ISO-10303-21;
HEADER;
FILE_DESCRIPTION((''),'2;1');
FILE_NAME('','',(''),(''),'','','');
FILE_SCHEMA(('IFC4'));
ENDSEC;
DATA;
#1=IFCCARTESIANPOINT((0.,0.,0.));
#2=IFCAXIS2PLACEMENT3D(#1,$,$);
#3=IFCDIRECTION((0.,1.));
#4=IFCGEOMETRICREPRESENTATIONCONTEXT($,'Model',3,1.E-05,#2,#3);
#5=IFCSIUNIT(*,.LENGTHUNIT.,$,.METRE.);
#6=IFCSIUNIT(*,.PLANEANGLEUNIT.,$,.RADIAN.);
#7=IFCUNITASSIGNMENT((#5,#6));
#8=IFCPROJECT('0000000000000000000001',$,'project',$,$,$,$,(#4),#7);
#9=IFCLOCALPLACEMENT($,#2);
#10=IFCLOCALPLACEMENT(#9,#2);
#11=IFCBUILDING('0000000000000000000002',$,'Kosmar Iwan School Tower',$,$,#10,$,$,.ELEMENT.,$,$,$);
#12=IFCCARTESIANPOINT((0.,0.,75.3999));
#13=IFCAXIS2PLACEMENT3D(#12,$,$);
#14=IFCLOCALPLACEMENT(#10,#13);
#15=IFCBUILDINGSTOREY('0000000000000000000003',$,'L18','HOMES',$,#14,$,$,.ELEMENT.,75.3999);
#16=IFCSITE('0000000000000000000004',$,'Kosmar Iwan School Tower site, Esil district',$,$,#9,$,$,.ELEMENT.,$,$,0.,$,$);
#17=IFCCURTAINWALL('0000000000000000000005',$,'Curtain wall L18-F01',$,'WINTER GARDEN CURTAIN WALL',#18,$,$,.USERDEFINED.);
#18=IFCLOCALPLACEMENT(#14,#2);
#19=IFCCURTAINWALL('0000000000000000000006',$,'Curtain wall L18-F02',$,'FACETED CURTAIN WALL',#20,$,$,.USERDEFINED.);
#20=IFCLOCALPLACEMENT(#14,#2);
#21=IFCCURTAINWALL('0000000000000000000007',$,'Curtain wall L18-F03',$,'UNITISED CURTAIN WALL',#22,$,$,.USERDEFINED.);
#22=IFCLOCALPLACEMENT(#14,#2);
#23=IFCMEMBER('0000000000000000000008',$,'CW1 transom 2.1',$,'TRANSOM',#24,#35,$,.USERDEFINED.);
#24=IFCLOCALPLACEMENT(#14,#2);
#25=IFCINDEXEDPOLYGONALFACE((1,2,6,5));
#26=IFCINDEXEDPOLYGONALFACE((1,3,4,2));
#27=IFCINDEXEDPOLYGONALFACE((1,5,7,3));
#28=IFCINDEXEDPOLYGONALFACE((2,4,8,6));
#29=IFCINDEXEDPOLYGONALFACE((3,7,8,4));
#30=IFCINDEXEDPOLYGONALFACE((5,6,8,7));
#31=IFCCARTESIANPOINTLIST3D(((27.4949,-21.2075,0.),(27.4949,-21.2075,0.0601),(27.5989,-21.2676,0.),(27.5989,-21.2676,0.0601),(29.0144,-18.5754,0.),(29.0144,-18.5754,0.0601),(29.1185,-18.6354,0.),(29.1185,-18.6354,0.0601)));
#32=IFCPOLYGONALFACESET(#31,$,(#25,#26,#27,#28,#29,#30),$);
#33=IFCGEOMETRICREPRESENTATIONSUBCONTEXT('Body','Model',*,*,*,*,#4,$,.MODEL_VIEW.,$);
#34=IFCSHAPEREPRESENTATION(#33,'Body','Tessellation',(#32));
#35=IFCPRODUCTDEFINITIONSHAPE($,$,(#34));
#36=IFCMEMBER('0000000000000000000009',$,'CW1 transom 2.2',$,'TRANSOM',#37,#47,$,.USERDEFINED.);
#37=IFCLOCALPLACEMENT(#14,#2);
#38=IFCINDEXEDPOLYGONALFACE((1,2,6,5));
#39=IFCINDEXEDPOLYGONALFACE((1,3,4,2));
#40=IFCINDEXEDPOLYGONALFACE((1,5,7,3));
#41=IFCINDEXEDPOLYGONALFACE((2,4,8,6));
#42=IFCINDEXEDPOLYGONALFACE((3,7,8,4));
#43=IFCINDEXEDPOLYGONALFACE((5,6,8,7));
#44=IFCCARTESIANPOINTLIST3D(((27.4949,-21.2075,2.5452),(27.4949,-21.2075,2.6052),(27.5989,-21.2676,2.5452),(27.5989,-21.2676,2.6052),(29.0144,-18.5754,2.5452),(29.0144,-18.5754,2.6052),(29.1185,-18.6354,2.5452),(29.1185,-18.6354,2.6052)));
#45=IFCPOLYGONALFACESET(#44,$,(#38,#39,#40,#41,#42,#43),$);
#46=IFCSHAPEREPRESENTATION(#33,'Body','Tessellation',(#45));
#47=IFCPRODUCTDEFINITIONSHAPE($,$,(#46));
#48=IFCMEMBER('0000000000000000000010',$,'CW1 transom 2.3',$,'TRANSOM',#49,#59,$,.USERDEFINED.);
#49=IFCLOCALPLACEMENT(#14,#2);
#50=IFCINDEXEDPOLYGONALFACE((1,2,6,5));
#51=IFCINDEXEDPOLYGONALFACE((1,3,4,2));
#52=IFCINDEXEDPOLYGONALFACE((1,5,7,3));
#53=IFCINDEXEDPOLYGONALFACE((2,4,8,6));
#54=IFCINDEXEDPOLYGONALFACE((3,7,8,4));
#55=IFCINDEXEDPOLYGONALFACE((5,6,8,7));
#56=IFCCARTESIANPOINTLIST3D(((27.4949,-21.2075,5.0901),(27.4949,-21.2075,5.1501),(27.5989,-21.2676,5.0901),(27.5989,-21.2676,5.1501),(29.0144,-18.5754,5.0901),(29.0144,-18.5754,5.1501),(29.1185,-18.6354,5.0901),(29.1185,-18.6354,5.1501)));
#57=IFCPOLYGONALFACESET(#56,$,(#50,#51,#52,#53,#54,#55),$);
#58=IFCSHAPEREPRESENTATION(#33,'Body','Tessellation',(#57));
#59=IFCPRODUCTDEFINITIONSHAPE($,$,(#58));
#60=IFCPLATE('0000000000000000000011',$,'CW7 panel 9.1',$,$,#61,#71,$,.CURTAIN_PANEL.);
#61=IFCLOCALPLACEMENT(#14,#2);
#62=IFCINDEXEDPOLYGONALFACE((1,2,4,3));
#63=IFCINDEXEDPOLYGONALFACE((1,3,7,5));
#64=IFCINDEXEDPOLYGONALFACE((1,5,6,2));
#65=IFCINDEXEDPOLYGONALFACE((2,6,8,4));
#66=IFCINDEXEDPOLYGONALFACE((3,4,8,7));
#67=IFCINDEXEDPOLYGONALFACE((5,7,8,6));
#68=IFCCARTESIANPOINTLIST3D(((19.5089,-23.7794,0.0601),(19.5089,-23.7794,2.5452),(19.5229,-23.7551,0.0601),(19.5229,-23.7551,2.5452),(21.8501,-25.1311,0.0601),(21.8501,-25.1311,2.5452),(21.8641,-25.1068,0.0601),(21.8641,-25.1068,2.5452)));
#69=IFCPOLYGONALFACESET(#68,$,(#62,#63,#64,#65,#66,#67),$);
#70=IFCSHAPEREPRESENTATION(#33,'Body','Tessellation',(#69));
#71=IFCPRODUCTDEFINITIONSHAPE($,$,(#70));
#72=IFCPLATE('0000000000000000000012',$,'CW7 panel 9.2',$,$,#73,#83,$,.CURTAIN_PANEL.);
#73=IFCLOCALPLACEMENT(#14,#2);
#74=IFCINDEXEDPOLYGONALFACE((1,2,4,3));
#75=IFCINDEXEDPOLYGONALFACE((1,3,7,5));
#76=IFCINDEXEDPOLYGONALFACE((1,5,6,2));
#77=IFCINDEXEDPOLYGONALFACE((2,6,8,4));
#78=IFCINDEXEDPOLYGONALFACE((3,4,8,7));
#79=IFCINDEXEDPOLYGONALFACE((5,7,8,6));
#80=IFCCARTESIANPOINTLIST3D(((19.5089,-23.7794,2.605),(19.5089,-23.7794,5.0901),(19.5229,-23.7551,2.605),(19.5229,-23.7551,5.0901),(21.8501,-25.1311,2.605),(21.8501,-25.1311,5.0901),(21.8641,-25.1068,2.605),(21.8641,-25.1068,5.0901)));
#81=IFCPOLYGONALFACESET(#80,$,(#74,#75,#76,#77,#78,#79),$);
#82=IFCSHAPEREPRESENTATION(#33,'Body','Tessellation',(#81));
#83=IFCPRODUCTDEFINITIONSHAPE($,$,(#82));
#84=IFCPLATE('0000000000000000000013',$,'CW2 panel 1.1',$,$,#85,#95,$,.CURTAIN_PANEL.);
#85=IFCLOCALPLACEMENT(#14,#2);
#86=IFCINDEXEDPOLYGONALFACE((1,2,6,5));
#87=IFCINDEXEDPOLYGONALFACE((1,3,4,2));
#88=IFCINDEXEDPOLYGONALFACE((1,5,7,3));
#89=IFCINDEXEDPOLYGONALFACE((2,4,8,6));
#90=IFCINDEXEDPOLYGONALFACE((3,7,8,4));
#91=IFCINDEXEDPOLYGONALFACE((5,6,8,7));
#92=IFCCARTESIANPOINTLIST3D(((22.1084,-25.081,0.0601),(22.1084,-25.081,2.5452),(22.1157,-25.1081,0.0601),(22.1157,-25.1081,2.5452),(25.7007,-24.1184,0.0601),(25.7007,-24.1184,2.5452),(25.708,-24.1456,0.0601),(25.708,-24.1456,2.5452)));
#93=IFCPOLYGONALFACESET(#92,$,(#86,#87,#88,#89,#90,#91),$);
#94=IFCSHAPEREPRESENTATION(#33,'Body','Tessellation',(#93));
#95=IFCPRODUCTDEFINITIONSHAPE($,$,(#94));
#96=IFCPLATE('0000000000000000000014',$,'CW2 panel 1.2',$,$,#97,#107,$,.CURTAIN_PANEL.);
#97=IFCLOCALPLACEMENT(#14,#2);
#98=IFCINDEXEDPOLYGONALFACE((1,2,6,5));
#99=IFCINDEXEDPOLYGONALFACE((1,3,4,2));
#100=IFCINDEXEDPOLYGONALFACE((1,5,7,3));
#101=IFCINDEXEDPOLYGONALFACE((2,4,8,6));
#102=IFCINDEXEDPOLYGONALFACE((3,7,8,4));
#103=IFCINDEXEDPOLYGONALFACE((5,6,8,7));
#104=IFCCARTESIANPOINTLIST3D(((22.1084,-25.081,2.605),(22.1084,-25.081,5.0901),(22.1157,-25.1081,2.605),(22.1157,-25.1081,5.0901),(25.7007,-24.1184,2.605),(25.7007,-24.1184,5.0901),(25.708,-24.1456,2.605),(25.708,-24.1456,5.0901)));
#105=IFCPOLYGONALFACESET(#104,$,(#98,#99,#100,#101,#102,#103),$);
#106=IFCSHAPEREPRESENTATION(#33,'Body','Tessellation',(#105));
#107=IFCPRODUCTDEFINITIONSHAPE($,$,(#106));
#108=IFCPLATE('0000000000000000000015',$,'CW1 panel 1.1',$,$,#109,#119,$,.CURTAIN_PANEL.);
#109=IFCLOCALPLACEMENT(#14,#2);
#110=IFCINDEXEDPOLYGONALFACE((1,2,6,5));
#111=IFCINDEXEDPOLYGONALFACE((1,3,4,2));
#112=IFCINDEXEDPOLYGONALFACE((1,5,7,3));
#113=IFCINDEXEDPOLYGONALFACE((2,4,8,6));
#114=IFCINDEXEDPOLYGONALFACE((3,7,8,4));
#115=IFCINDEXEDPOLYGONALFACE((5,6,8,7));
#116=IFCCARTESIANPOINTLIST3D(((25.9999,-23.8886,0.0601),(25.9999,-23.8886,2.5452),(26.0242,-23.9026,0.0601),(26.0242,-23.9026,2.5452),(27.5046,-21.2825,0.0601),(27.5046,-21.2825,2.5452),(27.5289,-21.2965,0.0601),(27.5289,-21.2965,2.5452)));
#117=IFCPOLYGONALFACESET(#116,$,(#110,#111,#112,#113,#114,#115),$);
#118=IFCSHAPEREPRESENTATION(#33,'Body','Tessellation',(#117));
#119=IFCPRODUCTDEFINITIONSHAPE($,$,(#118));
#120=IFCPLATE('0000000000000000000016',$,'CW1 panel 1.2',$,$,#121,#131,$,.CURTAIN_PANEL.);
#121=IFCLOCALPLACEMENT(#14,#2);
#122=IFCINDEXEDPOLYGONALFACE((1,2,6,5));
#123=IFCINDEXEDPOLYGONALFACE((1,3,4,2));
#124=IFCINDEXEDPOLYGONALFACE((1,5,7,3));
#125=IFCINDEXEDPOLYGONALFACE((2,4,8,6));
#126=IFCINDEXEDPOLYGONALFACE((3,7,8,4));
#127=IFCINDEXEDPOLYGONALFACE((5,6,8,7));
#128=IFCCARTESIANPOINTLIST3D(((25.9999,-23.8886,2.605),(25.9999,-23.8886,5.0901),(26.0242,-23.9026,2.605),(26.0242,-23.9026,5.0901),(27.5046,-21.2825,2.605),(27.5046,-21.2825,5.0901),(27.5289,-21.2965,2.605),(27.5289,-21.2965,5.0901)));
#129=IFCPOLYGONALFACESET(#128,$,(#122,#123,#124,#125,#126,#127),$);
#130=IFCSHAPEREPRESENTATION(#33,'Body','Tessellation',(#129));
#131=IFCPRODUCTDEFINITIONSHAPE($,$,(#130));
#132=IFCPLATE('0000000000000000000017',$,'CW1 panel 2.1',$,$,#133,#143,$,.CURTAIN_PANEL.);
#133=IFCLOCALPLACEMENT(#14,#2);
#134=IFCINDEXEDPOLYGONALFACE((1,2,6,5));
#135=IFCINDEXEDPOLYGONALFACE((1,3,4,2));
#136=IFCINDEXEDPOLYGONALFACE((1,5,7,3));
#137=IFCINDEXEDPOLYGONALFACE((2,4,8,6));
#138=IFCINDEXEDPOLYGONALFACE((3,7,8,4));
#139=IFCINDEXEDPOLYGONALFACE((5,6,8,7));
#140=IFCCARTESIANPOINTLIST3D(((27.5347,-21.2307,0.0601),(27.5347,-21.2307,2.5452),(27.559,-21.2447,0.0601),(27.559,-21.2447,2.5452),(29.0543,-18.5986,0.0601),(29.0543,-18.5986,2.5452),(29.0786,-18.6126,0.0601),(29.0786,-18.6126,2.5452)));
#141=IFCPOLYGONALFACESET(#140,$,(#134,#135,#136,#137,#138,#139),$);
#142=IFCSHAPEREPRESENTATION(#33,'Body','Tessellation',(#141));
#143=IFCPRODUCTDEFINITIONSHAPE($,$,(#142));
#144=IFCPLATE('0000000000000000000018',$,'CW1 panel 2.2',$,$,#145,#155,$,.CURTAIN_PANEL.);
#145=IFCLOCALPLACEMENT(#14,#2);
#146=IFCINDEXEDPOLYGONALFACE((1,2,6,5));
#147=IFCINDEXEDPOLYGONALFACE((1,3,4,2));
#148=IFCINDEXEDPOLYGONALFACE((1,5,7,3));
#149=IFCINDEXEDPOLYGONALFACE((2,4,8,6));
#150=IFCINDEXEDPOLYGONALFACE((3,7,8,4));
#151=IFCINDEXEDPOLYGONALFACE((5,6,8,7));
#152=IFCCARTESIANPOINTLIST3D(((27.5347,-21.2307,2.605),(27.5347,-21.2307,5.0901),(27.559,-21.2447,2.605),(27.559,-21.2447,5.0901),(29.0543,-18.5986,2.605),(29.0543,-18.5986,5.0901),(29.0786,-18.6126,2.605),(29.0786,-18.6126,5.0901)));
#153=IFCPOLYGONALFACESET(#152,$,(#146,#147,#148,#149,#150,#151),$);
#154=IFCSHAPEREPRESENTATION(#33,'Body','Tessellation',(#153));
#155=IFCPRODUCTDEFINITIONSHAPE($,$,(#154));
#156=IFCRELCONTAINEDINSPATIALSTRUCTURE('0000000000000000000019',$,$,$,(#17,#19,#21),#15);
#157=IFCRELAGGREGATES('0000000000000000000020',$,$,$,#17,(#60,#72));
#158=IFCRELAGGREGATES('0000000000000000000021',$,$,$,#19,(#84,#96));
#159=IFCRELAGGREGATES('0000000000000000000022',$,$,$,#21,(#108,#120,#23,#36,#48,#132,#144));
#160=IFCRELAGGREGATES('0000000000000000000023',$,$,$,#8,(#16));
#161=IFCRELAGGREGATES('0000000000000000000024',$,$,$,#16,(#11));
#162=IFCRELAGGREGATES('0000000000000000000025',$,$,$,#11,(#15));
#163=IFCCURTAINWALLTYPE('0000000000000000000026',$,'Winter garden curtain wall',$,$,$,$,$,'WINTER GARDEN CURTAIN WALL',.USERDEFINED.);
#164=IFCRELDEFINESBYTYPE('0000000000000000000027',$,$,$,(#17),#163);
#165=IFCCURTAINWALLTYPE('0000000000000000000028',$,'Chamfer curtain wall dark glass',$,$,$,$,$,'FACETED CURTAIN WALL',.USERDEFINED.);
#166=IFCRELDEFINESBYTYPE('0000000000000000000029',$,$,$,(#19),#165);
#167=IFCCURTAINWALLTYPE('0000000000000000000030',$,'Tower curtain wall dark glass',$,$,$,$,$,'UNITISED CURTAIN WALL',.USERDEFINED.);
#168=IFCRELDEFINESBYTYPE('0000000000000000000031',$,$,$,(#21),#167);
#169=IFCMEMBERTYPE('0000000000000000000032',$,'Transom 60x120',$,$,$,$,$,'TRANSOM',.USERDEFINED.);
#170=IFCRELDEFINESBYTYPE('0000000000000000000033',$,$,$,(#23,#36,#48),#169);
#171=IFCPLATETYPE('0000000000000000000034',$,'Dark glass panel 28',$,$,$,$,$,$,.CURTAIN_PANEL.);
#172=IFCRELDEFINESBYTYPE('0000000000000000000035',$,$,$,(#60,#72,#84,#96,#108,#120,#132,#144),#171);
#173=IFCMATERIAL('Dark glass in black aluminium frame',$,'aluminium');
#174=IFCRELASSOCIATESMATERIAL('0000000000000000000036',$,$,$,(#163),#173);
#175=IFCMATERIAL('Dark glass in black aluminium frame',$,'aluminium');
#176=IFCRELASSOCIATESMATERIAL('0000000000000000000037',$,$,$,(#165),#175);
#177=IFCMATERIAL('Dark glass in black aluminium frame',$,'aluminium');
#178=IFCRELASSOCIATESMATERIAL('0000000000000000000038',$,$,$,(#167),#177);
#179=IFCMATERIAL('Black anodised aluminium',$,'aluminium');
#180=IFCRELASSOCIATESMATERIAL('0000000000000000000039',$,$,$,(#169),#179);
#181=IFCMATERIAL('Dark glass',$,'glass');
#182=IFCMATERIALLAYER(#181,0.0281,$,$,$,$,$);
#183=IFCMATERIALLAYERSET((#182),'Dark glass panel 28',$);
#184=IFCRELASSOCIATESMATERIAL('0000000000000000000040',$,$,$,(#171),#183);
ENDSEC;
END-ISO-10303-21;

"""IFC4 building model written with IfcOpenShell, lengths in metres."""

from ifc_helpers import new_model, si_unit, direction, frame, origin, origin_2d, place, context, subcontext, project, spatial, rectangle, extrude, material, layer, layer_set, material_profile, profile_set, type_object, element, aggregate, save


model = new_model("IFC4")

# Units and contexts
model_context = context("Model", 3, precision=1e-05, world=origin(), true_north=direction((0.0, 1.0)))
body_context = subcontext(model_context, "Body", "Model", "MODEL_VIEW")
ifc_project = project(units=[si_unit("LENGTHUNIT", "METRE"), si_unit("PLANEANGLEUNIT", "RADIAN")], contexts=[model_context])

# Site, building, storey
site_placement = place(None, origin())
site = spatial("IfcSite", under=ifc_project, at=site_placement, Name="Kosmar Iwan School Tower site, Esil district", CompositionType="ELEMENT", RefElevation=0.0)
building_placement = place(site_placement, origin())
building = spatial("IfcBuilding", under=site, at=building_placement, Name="Kosmar Iwan School Tower", CompositionType="ELEMENT")
storey_placement = place(building_placement, frame((0.0, 0.0, 75.3999)))
storey = spatial("IfcBuildingStorey", under=building, at=storey_placement, Name="L18", Description="HOMES", CompositionType="ELEMENT", Elevation=75.3999)

# Curtain wall
ifc_material_1 = material(Name="Dark glass in black aluminium frame", Category="aluminium")
curtain_wall_type_1 = type_object("IfcCurtainWallType", Name="Winter garden curtain wall", ElementType="WINTER GARDEN CURTAIN WALL", PredefinedType="USERDEFINED", material=ifc_material_1)
curtain_wall_1_placement = place(storey_placement, origin())
curtain_wall_1 = element("IfcCurtainWall", 1, at=curtain_wall_1_placement, inside=storey, type_object=curtain_wall_type_1, Name="Curtain wall L18-F01", ObjectType="WINTER GARDEN CURTAIN WALL", PredefinedType="USERDEFINED")

# Curtain walls
ifc_material_2 = material(Name="Dark glass in black aluminium frame", Category="aluminium")
curtain_wall_type_2 = type_object("IfcCurtainWallType", Name="Chamfer curtain wall dark glass", ElementType="FACETED CURTAIN WALL", PredefinedType="USERDEFINED", material=ifc_material_2)
curtain_wall_2_placement = place(storey_placement, origin())
curtain_wall_2 = element("IfcCurtainWall", 2, at=curtain_wall_2_placement, inside=storey, type_object=curtain_wall_type_2, Name="Curtain wall L18-F02", ObjectType="FACETED CURTAIN WALL", PredefinedType="USERDEFINED")
ifc_material_3 = material(Name="Dark glass in black aluminium frame", Category="aluminium")
curtain_wall_type_3 = type_object("IfcCurtainWallType", Name="Tower curtain wall dark glass", ElementType="UNITISED CURTAIN WALL", PredefinedType="USERDEFINED", material=ifc_material_3)
curtain_wall_3_placement = place(storey_placement, origin())
curtain_wall_3 = element("IfcCurtainWall", 3, at=curtain_wall_3_placement, inside=storey, type_object=curtain_wall_type_3, Name="Curtain wall L18-F03", ObjectType="UNITISED CURTAIN WALL", PredefinedType="USERDEFINED")

# Members
ifc_material_4 = material(Name="Black anodised aluminium", Category="aluminium")
ifc_material_profile_1 = material_profile(ifc_material_4, rectangle(XDim=0.1201, YDim=0.0601, at=origin_2d()), Name="TRANSOM 60x120")
ifc_profile_set_1 = profile_set([ifc_material_profile_1], Name="Black anodised aluminium")
member_type_1 = type_object("IfcMemberType", Name="Transom 60x120", ElementType="TRANSOM", PredefinedType="USERDEFINED", material=ifc_profile_set_1)
member_1_placement = place(storey_placement, frame((27.5469, -21.2375, 0.03), z_axis=(0.499975, 0.86604, 0.0), x_axis=(-0.86604, 0.499975, 0.0)))
member_1 = element("IfcMember", 4, at=member_1_placement, type_object=member_type_1, Name="CW1 transom 2.1", ObjectType="TRANSOM", PredefinedType="USERDEFINED", context=body_context, shape_type="SweptSolid", body=[
    extrude(rectangle(XDim=0.1201, YDim=0.0601, at=origin_2d()), origin(), (0.0, 0.0, 1.0), 3.0393),
])
member_2_placement = place(storey_placement, frame((27.5469, -21.2375, 2.5752), z_axis=(0.499975, 0.86604, 0.0), x_axis=(-0.86604, 0.499975, 0.0)))
member_2 = element("IfcMember", 5, at=member_2_placement, type_object=member_type_1, Name="CW1 transom 2.2", ObjectType="TRANSOM", PredefinedType="USERDEFINED", context=body_context, shape_type="SweptSolid", body=[
    extrude(rectangle(XDim=0.1201, YDim=0.0601, at=origin_2d()), origin(), (0.0, 0.0, 1.0), 3.0393),
])
member_3_placement = place(storey_placement, frame((27.5469, -21.2375, 5.1201), z_axis=(0.499975, 0.86604, 0.0), x_axis=(-0.86604, 0.499975, 0.0)))
member_3 = element("IfcMember", 6, at=member_3_placement, type_object=member_type_1, Name="CW1 transom 2.3", ObjectType="TRANSOM", PredefinedType="USERDEFINED", context=body_context, shape_type="SweptSolid", body=[
    extrude(rectangle(XDim=0.1201, YDim=0.0601, at=origin_2d()), origin(), (0.0, 0.0, 1.0), 3.0393),
])

# Plates
ifc_material_5 = material(Name="Dark glass", Category="glass")
ifc_layer = layer(ifc_material_5, 0.0281)
ifc_layer_set = layer_set([ifc_layer], Name="Dark glass panel 28")
plate_type = type_object("IfcPlateType", Name="Dark glass panel 28", PredefinedType="CURTAIN_PANEL", material=ifc_layer_set)
plate_1_placement = place(storey_placement, frame((20.6865, -24.4431, 0.0601), z_axis=(0.0, 0.0, 1.0), x_axis=(0.866025, -0.5, 0.0)))
plate_1 = element("IfcPlate", 7, at=plate_1_placement, type_object=plate_type, Name="CW7 panel 9.1", PredefinedType="CURTAIN_PANEL", context=body_context, shape_type="SweptSolid", body=[
    extrude(rectangle(XDim=2.7034, YDim=0.0281, at=origin_2d()), origin(), (0.0, 0.0, 1.0), 2.4851),
])
plate_2_placement = place(storey_placement, frame((20.6865, -24.4431, 2.605), z_axis=(0.0, 0.0, 1.0), x_axis=(0.866025, -0.5, 0.0)))
plate_2 = element("IfcPlate", 8, at=plate_2_placement, type_object=plate_type, Name="CW7 panel 9.2", PredefinedType="CURTAIN_PANEL", context=body_context, shape_type="SweptSolid", body=[
    extrude(rectangle(XDim=2.7034, YDim=0.0281, at=origin_2d()), origin(), (0.0, 0.0, 1.0), 2.4851),
])
aggregate(curtain_wall_1, [plate_1, plate_2])
plate_3_placement = place(storey_placement, frame((23.9082, -24.6133, 0.0601), z_axis=(0.0, 0.0, 1.0), x_axis=(0.965926, 0.258819, 0.0)))
plate_3 = element("IfcPlate", 9, at=plate_3_placement, type_object=plate_type, Name="CW2 panel 1.1", PredefinedType="CURTAIN_PANEL", context=body_context, shape_type="SweptSolid", body=[
    extrude(rectangle(XDim=3.719, YDim=0.0281, at=origin_2d()), origin(), (0.0, 0.0, 1.0), 2.4851),
])
plate_4_placement = place(storey_placement, frame((23.9082, -24.6133, 2.605), z_axis=(0.0, 0.0, 1.0), x_axis=(0.965926, 0.258819, 0.0)))
plate_4 = element("IfcPlate", 10, at=plate_4_placement, type_object=plate_type, Name="CW2 panel 1.2", PredefinedType="CURTAIN_PANEL", context=body_context, shape_type="SweptSolid", body=[
    extrude(rectangle(XDim=3.719, YDim=0.0281, at=origin_2d()), origin(), (0.0, 0.0, 1.0), 2.4851),
])
aggregate(curtain_wall_2, [plate_3, plate_4])
plate_5_placement = place(storey_placement, frame((26.7644, -22.5925, 0.0601), z_axis=(0.0, 0.0, 1.0), x_axis=(0.5, 0.866025, 0.0)))
plate_5 = element("IfcPlate", 11, at=plate_5_placement, type_object=plate_type, Name="CW1 panel 1.1", PredefinedType="CURTAIN_PANEL", context=body_context, shape_type="SweptSolid", body=[
    extrude(rectangle(XDim=3.0093, YDim=0.0281, at=origin_2d()), origin(), (0.0, 0.0, 1.0), 2.4851),
])
plate_6_placement = place(storey_placement, frame((26.7644, -22.5925, 2.605), z_axis=(0.0, 0.0, 1.0), x_axis=(0.5, 0.866025, 0.0)))
plate_6 = element("IfcPlate", 12, at=plate_6_placement, type_object=plate_type, Name="CW1 panel 1.2", PredefinedType="CURTAIN_PANEL", context=body_context, shape_type="SweptSolid", body=[
    extrude(rectangle(XDim=3.0093, YDim=0.0281, at=origin_2d()), origin(), (0.0, 0.0, 1.0), 2.4851),
])
plate_7_placement = place(storey_placement, frame((28.3066, -19.9216, 0.0601), z_axis=(0.0, 0.0, 1.0), x_axis=(0.5, 0.866025, 0.0)))
plate_7 = element("IfcPlate", 13, at=plate_7_placement, type_object=plate_type, Name="CW1 panel 2.1", PredefinedType="CURTAIN_PANEL", context=body_context, shape_type="SweptSolid", body=[
    extrude(rectangle(XDim=3.0393, YDim=0.0281, at=origin_2d()), origin(), (0.0, 0.0, 1.0), 2.4851),
])
plate_8_placement = place(storey_placement, frame((28.3066, -19.9216, 2.605), z_axis=(0.0, 0.0, 1.0), x_axis=(0.5, 0.866025, 0.0)))
plate_8 = element("IfcPlate", 14, at=plate_8_placement, type_object=plate_type, Name="CW1 panel 2.2", PredefinedType="CURTAIN_PANEL", context=body_context, shape_type="SweptSolid", body=[
    extrude(rectangle(XDim=3.0393, YDim=0.0281, at=origin_2d()), origin(), (0.0, 0.0, 1.0), 2.4851),
])
aggregate(curtain_wall_3, [plate_5, plate_6, member_1, member_2, member_3, plate_7, plate_8])

save(model, "model.ifc")
